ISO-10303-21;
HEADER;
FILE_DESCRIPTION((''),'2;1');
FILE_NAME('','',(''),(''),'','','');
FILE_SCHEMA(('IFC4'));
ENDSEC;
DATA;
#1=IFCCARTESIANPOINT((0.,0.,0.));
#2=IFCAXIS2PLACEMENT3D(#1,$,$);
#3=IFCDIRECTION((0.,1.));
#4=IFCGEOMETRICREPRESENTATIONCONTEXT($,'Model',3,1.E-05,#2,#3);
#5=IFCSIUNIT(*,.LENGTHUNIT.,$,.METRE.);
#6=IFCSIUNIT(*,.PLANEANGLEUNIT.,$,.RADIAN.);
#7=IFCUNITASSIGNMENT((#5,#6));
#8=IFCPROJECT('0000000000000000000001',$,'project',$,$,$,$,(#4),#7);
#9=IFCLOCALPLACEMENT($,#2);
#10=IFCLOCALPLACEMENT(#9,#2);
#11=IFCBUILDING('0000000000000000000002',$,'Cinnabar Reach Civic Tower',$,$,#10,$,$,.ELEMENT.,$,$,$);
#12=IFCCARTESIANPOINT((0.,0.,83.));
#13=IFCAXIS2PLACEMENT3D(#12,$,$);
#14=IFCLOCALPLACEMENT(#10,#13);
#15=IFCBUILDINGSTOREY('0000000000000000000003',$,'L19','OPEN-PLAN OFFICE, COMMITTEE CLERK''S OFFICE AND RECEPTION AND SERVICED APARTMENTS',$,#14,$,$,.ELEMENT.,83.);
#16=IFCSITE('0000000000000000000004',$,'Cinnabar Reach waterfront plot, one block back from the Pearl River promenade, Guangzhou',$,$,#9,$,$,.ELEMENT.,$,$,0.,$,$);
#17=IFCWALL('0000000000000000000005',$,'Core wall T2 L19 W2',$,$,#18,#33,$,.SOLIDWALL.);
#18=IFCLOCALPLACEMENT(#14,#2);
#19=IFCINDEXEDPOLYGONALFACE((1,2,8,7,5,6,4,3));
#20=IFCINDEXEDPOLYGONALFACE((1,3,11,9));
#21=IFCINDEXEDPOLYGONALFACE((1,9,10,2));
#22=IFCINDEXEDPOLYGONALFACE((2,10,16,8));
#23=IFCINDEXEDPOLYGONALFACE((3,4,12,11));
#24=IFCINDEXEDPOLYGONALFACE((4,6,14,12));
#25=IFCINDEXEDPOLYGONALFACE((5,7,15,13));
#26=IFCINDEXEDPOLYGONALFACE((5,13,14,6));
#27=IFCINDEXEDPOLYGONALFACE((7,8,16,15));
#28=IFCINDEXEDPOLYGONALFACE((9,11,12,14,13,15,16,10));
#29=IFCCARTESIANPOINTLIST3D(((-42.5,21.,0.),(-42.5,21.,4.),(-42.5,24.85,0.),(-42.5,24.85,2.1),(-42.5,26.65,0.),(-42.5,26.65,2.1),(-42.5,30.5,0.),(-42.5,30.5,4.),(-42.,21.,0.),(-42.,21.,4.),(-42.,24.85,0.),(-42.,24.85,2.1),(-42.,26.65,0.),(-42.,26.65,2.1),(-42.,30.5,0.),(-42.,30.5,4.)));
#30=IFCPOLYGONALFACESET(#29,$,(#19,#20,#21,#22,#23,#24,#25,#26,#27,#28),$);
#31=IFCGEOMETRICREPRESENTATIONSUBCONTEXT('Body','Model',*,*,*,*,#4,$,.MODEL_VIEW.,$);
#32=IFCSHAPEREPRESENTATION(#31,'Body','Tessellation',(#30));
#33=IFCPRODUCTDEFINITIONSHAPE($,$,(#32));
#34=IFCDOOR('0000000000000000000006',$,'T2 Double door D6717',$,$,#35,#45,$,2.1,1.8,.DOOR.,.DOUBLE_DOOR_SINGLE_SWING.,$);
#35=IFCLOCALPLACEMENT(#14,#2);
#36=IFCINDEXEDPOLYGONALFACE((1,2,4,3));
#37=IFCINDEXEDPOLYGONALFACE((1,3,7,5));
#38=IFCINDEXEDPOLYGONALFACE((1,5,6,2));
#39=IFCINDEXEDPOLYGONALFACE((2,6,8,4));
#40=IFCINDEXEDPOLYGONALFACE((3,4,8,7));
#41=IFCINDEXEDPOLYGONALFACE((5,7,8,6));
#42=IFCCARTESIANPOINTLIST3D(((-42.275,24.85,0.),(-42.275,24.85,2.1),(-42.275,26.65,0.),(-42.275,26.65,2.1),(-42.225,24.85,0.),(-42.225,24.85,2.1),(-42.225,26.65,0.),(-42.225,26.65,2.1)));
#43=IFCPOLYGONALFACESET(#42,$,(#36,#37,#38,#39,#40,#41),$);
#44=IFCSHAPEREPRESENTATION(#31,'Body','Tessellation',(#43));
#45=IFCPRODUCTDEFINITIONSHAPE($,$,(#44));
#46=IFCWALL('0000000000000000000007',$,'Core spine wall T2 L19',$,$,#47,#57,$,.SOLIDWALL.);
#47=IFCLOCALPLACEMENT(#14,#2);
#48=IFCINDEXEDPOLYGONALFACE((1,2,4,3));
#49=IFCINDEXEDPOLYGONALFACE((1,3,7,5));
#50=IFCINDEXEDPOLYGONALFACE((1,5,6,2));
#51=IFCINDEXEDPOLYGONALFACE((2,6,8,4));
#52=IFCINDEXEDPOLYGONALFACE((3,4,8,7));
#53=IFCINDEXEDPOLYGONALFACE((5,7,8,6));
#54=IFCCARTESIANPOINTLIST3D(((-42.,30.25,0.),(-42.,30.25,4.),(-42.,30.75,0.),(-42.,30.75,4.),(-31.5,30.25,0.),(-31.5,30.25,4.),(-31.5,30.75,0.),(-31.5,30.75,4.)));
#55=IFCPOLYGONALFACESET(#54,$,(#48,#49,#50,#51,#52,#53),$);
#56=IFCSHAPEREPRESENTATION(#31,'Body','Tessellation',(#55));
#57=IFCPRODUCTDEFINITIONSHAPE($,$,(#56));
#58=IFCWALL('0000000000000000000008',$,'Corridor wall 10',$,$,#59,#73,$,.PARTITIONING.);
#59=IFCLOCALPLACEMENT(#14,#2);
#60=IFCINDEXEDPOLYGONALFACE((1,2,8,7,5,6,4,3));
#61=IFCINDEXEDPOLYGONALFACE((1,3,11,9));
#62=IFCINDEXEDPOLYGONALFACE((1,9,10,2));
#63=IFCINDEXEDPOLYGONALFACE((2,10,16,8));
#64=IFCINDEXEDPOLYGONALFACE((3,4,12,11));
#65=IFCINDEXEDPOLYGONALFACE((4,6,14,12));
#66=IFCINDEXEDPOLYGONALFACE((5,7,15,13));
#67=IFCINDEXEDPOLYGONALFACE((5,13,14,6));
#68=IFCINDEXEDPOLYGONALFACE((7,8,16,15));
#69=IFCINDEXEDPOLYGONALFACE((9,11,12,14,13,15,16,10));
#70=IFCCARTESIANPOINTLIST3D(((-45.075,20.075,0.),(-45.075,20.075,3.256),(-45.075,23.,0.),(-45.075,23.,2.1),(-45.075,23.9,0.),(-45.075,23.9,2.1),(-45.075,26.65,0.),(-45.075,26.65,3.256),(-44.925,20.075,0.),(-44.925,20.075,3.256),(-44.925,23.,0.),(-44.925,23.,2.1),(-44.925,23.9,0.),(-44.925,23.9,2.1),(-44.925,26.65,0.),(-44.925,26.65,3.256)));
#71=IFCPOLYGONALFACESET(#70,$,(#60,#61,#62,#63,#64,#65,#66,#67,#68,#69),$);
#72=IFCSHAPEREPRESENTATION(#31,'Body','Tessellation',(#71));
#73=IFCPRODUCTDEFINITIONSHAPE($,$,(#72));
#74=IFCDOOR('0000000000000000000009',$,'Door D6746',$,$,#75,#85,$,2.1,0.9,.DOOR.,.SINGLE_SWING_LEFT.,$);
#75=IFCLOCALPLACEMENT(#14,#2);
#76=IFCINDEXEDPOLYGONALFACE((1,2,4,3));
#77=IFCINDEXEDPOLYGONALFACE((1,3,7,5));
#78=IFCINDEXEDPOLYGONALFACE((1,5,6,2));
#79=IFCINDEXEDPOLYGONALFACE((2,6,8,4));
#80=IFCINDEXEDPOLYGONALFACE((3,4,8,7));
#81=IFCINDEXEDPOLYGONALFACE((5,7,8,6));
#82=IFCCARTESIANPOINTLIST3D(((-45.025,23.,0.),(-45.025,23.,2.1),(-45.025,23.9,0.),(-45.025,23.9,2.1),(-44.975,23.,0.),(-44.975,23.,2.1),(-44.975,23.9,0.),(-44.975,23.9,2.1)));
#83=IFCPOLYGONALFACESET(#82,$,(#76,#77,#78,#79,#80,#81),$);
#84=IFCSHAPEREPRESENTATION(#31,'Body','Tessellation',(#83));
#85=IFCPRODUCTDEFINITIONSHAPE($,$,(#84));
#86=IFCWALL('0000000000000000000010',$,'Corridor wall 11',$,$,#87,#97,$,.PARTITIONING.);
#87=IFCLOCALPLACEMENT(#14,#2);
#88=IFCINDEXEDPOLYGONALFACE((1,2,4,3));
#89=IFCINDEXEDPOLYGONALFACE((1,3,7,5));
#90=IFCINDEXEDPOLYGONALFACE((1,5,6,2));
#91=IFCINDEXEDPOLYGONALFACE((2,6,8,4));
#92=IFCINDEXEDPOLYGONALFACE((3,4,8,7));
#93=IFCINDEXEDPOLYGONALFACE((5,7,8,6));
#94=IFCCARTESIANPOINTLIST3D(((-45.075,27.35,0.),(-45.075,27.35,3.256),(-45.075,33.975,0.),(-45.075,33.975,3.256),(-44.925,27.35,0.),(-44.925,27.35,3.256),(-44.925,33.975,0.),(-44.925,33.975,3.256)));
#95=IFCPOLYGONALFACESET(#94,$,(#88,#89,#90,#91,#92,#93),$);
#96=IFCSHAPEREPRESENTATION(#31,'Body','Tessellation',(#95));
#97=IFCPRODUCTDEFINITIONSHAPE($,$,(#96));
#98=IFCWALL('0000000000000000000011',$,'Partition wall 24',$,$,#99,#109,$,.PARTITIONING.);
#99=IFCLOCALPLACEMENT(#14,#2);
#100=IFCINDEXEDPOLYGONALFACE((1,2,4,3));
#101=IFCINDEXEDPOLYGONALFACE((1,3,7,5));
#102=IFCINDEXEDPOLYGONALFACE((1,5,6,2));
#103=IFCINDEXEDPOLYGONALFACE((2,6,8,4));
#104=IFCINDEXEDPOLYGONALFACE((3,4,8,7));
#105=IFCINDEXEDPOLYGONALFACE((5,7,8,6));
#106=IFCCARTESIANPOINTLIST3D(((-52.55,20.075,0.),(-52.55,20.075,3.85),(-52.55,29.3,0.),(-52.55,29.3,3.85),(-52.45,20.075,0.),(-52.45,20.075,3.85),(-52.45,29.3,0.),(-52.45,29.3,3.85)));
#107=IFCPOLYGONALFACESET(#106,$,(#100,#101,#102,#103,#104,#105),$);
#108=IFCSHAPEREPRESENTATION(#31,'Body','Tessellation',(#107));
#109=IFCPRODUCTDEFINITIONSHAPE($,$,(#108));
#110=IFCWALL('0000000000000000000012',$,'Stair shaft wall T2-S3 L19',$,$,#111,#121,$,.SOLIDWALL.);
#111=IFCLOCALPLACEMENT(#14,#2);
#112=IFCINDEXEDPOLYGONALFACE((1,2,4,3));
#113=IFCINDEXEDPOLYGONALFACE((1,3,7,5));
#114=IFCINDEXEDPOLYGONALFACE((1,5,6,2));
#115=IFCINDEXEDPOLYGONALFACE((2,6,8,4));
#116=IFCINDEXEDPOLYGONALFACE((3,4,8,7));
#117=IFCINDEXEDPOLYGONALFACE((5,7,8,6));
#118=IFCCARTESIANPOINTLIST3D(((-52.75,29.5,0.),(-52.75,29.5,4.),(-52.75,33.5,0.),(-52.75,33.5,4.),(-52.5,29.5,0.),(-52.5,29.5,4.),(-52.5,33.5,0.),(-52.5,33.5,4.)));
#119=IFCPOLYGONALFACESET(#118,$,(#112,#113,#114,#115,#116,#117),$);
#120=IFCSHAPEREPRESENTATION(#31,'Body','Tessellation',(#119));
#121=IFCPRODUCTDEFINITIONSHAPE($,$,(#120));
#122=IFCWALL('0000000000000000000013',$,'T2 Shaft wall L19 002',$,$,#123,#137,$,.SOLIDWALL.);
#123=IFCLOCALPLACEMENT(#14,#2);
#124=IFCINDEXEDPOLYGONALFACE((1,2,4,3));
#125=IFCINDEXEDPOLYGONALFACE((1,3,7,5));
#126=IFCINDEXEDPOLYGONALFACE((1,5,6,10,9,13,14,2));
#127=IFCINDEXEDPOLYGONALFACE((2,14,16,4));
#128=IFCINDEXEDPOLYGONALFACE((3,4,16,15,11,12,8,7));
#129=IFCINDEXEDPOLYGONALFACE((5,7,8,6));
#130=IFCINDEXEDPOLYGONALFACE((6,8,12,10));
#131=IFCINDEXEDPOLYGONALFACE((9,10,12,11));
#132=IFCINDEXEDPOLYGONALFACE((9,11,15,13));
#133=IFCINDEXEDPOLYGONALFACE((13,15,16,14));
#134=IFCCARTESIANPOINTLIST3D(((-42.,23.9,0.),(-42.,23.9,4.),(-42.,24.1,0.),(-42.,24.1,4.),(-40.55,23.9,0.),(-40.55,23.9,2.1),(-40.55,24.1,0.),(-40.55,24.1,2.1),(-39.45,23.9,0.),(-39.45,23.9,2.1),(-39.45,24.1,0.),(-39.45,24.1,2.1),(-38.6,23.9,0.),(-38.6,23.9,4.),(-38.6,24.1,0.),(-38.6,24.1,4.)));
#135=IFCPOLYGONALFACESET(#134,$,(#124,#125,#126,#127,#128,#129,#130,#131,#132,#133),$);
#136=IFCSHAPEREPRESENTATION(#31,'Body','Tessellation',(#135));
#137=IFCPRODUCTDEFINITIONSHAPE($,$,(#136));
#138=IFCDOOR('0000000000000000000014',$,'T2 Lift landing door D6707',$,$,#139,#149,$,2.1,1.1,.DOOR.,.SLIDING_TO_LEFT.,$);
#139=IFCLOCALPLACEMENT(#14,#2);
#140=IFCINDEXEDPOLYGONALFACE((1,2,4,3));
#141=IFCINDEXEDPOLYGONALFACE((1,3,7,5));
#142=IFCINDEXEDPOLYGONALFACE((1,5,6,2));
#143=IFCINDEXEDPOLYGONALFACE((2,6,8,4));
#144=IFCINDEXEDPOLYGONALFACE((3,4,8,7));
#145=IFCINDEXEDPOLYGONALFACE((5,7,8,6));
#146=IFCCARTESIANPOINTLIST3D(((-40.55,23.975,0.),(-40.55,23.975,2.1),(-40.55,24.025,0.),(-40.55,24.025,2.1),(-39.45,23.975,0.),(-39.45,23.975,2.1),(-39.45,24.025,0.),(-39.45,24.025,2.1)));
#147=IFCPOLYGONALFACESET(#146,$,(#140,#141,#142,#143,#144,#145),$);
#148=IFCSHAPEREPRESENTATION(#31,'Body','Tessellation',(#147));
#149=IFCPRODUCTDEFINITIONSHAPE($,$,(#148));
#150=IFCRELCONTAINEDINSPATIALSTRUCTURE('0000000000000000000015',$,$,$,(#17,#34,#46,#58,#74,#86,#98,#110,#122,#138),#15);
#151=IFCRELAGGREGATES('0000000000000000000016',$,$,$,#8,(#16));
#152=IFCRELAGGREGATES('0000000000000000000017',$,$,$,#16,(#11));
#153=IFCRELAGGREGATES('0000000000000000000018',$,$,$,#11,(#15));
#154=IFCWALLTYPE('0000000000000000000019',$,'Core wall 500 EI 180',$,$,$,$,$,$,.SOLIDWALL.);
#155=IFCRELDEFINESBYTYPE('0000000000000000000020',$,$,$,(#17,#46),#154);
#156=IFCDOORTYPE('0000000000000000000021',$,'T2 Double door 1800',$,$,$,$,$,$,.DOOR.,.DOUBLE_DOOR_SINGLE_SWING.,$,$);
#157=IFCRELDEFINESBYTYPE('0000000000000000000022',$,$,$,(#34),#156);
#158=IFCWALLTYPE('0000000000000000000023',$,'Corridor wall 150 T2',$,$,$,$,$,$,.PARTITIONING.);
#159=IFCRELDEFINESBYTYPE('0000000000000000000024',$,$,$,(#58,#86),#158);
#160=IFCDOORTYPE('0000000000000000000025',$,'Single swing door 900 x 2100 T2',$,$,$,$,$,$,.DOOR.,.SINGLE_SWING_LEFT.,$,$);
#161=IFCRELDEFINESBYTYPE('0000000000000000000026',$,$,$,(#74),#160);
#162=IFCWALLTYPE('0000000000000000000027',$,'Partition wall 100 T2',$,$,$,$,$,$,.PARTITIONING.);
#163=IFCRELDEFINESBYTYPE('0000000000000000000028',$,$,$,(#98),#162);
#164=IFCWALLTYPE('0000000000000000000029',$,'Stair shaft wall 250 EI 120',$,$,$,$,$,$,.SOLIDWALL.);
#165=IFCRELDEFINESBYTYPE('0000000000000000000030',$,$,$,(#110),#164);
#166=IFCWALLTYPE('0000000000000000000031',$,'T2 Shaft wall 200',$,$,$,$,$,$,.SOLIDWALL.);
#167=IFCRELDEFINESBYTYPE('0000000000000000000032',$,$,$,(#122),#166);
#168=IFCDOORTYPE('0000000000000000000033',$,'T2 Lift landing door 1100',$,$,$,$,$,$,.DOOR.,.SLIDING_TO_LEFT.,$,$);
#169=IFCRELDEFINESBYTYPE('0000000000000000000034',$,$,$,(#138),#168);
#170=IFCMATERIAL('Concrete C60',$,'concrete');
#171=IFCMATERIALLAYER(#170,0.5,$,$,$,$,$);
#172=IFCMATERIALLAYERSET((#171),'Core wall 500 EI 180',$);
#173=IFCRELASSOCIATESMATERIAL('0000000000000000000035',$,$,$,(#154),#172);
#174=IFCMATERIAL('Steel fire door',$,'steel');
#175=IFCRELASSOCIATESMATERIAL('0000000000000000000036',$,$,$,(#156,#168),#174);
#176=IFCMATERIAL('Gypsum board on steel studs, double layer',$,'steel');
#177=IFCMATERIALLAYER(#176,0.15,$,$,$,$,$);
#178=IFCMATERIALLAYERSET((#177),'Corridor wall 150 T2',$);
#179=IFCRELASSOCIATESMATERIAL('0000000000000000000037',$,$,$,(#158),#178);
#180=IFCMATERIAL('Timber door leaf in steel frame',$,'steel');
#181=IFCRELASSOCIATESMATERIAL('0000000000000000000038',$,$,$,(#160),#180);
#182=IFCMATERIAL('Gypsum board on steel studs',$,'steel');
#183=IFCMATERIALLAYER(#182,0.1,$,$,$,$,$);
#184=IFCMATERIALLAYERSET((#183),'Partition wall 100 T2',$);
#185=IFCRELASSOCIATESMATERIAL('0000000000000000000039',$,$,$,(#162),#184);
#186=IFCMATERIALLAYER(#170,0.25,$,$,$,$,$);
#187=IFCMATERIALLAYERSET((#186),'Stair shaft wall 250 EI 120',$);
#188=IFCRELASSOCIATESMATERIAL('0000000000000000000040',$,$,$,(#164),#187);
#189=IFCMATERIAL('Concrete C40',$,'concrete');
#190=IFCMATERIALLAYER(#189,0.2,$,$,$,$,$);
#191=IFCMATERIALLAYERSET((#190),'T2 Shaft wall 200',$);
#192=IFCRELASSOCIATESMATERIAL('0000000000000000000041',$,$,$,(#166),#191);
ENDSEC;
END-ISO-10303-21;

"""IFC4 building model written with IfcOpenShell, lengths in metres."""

from ifc_helpers import new_model, si_unit, direction, frame, frame_2d, origin, place, context, subcontext, project, spatial, rectangle, extrude, material, layer, layer_set, type_object, element, fill, save


model = new_model("IFC4")

# Units and contexts
model_context = context("Model", 3, precision=1e-05, world=origin(), true_north=direction((0.0, 1.0)))
body_context = subcontext(model_context, "Body", "Model", "MODEL_VIEW")
ifc_project = project(units=[si_unit("LENGTHUNIT", "METRE"), si_unit("PLANEANGLEUNIT", "RADIAN")], contexts=[model_context])

# Site, building, storey
site_placement = place(None, origin())
site = spatial("IfcSite", under=ifc_project, at=site_placement, Name="Cinnabar Reach waterfront plot, one block back from the Pearl River promenade, Guangzhou", CompositionType="ELEMENT", RefElevation=0.0)
building_placement = place(site_placement, origin())
building = spatial("IfcBuilding", under=site, at=building_placement, Name="Cinnabar Reach Civic Tower", CompositionType="ELEMENT")
storey_placement = place(building_placement, frame((0.0, 0.0, 83.0)))
storey = spatial("IfcBuildingStorey", under=building, at=storey_placement, Name="L19", Description="OPEN-PLAN OFFICE, COMMITTEE CLERK'S OFFICE AND RECEPTION AND SERVICED APARTMENTS", CompositionType="ELEMENT", Elevation=83.0)

# Shared definitions
ifc_material_1 = material(Name="Concrete C60", Category="concrete")

# Shared definitions
ifc_layer_1 = layer(ifc_material_1, 0.5)
ifc_layer_set_1 = layer_set([ifc_layer_1], Name="Core wall 500 EI 180")
wall_type_1 = type_object("IfcWallType", Name="Core wall 500 EI 180", PredefinedType="SOLIDWALL", material=ifc_layer_set_1)

# Wall, opening, door
wall_1_placement = place(storey_placement, frame((-42.25, 30.5, 0.0), z_axis=(0.0, 0.0, 1.0), x_axis=(0.0, -1.0, 0.0)))
wall_1 = element("IfcWall", 1, at=wall_1_placement, inside=storey, type_object=wall_type_1, Name="Core wall T2 L19 W2", PredefinedType="SOLIDWALL", context=body_context, shape_type="SweptSolid", body=[
    extrude(rectangle(XDim=9.5, YDim=0.5, at=frame_2d((4.75, 0.0))), origin(), (0.0, 0.0, 1.0), 4.0),
])
opening_1_placement = place(wall_1_placement, frame((3.85, 0.0, 0.0)))
opening_1 = element("IfcOpeningElement", 2, at=opening_1_placement, cuts=wall_1, PredefinedType="OPENING", context=body_context, shape_type="SweptSolid", body=[
    extrude(rectangle(XDim=1.8, YDim=2.1, at=frame_2d((0.9, 1.05))), frame((0.0, 0.26, 0.0), z_axis=(0.0, -1.0, 0.0), x_axis=(1.0, 0.0, 0.0)), (0.0, 0.0, 1.0), 0.52),
])
ifc_material_2 = material(Name="Steel fire door", Category="steel")
door_type_1 = type_object("IfcDoorType", Name="T2 Double door 1800", OperationType="DOUBLE_DOOR_SINGLE_SWING", PredefinedType="DOOR", material=ifc_material_2)
door_1_placement = place(opening_1_placement, origin())
door_1 = element("IfcDoor", 3, at=door_1_placement, inside=storey, type_object=door_type_1, Name="T2 Double door D6717", OperationType="DOUBLE_DOOR_SINGLE_SWING", OverallHeight=2.1, OverallWidth=1.8, PredefinedType="DOOR", context=body_context, shape_type="SweptSolid", body=[
    extrude(rectangle(XDim=1.8, YDim=2.1, at=frame_2d((0.9, 1.05))), frame((0.0, 0.025, 0.0), z_axis=(0.0, -1.0, 0.0), x_axis=(1.0, 0.0, 0.0)), (0.0, 0.0, 1.0), 0.05),
])
fill(opening_1, door_1)

# Wall
wall_2_placement = place(storey_placement, frame((-42.0, 30.5, 0.0), z_axis=(0.0, 0.0, 1.0), x_axis=(1.0, 0.0, 0.0)))
element("IfcWall", 4, at=wall_2_placement, inside=storey, type_object=wall_type_1, Name="Core spine wall T2 L19", PredefinedType="SOLIDWALL", context=body_context, shape_type="SweptSolid", body=[
    extrude(rectangle(XDim=10.5, YDim=0.5, at=frame_2d((5.25, 0.0))), origin(), (0.0, 0.0, 1.0), 4.0),
])

# Wall, opening, door
ifc_material_3 = material(Name="Gypsum board on steel studs, double layer", Category="steel")
ifc_layer_2 = layer(ifc_material_3, 0.15)
ifc_layer_set_2 = layer_set([ifc_layer_2], Name="Corridor wall 150 T2")
wall_type_2 = type_object("IfcWallType", Name="Corridor wall 150 T2", PredefinedType="PARTITIONING", material=ifc_layer_set_2)
wall_3_placement = place(storey_placement, frame((-45.0, 20.075, 0.0), z_axis=(0.0, 0.0, 1.0), x_axis=(0.0, 1.0, 0.0)))
wall_3 = element("IfcWall", 5, at=wall_3_placement, inside=storey, type_object=wall_type_2, Name="Corridor wall 10", PredefinedType="PARTITIONING", context=body_context, shape_type="SweptSolid", body=[
    extrude(rectangle(XDim=6.575, YDim=0.15, at=frame_2d((3.2875, 0.0))), origin(), (0.0, 0.0, 1.0), 3.256),
])
opening_2_placement = place(wall_3_placement, frame((2.925, 0.0, 0.0)))
opening_2 = element("IfcOpeningElement", 6, at=opening_2_placement, cuts=wall_3, PredefinedType="OPENING", context=body_context, shape_type="SweptSolid", body=[
    extrude(rectangle(XDim=0.9, YDim=2.1, at=frame_2d((0.45, 1.05))), frame((0.0, 0.085, 0.0), z_axis=(0.0, -1.0, 0.0), x_axis=(1.0, 0.0, 0.0)), (0.0, 0.0, 1.0), 0.17),
])
ifc_material_4 = material(Name="Timber door leaf in steel frame", Category="steel")
door_type_2 = type_object("IfcDoorType", Name="Single swing door 900 x 2100 T2", OperationType="SINGLE_SWING_LEFT", PredefinedType="DOOR", material=ifc_material_4)
door_2_placement = place(opening_2_placement, origin())
door_2 = element("IfcDoor", 7, at=door_2_placement, inside=storey, type_object=door_type_2, Name="Door D6746", OperationType="SINGLE_SWING_LEFT", OverallHeight=2.1, OverallWidth=0.9, PredefinedType="DOOR", context=body_context, shape_type="SweptSolid", body=[
    extrude(rectangle(XDim=0.9, YDim=2.1, at=frame_2d((0.45, 1.05))), frame((0.0, 0.025, 0.0), z_axis=(0.0, -1.0, 0.0), x_axis=(1.0, 0.0, 0.0)), (0.0, 0.0, 1.0), 0.05),
])
fill(opening_2, door_2)

# Walls
wall_4_placement = place(storey_placement, frame((-45.0, 27.35, 0.0), z_axis=(0.0, 0.0, 1.0), x_axis=(0.0, 1.0, 0.0)))
element("IfcWall", 8, at=wall_4_placement, inside=storey, type_object=wall_type_2, Name="Corridor wall 11", PredefinedType="PARTITIONING", context=body_context, shape_type="SweptSolid", body=[
    extrude(rectangle(XDim=6.625, YDim=0.15, at=frame_2d((3.3125, 0.0))), origin(), (0.0, 0.0, 1.0), 3.256),
])
ifc_material_5 = material(Name="Gypsum board on steel studs", Category="steel")
ifc_layer_3 = layer(ifc_material_5, 0.1)
ifc_layer_set_3 = layer_set([ifc_layer_3], Name="Partition wall 100 T2")
wall_type_3 = type_object("IfcWallType", Name="Partition wall 100 T2", PredefinedType="PARTITIONING", material=ifc_layer_set_3)
wall_5_placement = place(storey_placement, frame((-52.5, 20.075, 0.0), z_axis=(0.0, 0.0, 1.0), x_axis=(0.0, 1.0, 0.0)))
element("IfcWall", 9, at=wall_5_placement, inside=storey, type_object=wall_type_3, Name="Partition wall 24", PredefinedType="PARTITIONING", context=body_context, shape_type="SweptSolid", body=[
    extrude(rectangle(XDim=9.225, YDim=0.1, at=frame_2d((4.6125, 0.0))), origin(), (0.0, 0.0, 1.0), 3.85),
])
ifc_layer_4 = layer(ifc_material_1, 0.25)
ifc_layer_set_4 = layer_set([ifc_layer_4], Name="Stair shaft wall 250 EI 120")
wall_type_4 = type_object("IfcWallType", Name="Stair shaft wall 250 EI 120", PredefinedType="SOLIDWALL", material=ifc_layer_set_4)
wall_6_placement = place(storey_placement, frame((-52.625, 29.5, 0.0), z_axis=(0.0, 0.0, 1.0), x_axis=(0.0, 1.0, 0.0)))
element("IfcWall", 10, at=wall_6_placement, inside=storey, type_object=wall_type_4, Name="Stair shaft wall T2-S3 L19", PredefinedType="SOLIDWALL", context=body_context, shape_type="SweptSolid", body=[
    extrude(rectangle(XDim=4.0, YDim=0.25, at=frame_2d((2.0, 0.0))), origin(), (0.0, 0.0, 1.0), 4.0),
])

# Wall, opening, door
ifc_material_6 = material(Name="Concrete C40", Category="concrete")
ifc_layer_5 = layer(ifc_material_6, 0.2)
ifc_layer_set_5 = layer_set([ifc_layer_5], Name="T2 Shaft wall 200")
wall_type_5 = type_object("IfcWallType", Name="T2 Shaft wall 200", PredefinedType="SOLIDWALL", material=ifc_layer_set_5)
wall_7_placement = place(storey_placement, frame((-38.6, 24.0, 0.0), z_axis=(0.0, 0.0, 1.0), x_axis=(-1.0, 0.0, 0.0)))
wall_7 = element("IfcWall", 11, at=wall_7_placement, inside=storey, type_object=wall_type_5, Name="T2 Shaft wall L19 002", PredefinedType="SOLIDWALL", context=body_context, shape_type="SweptSolid", body=[
    extrude(rectangle(XDim=3.4, YDim=0.2, at=frame_2d((1.7, 0.0))), origin(), (0.0, 0.0, 1.0), 4.0),
])
opening_3_placement = place(wall_7_placement, frame((0.85, 0.0, 0.0)))
opening_3 = element("IfcOpeningElement", 12, at=opening_3_placement, cuts=wall_7, PredefinedType="OPENING", context=body_context, shape_type="SweptSolid", body=[
    extrude(rectangle(XDim=1.1, YDim=2.1, at=frame_2d((0.55, 1.05))), frame((0.0, 0.11, 0.0), z_axis=(0.0, -1.0, 0.0), x_axis=(1.0, 0.0, 0.0)), (0.0, 0.0, 1.0), 0.22),
])
door_type_3 = type_object("IfcDoorType", Name="T2 Lift landing door 1100", OperationType="SLIDING_TO_LEFT", PredefinedType="DOOR", material=ifc_material_2)
door_3_placement = place(opening_3_placement, origin())
door_3 = element("IfcDoor", 13, at=door_3_placement, inside=storey, type_object=door_type_3, Name="T2 Lift landing door D6707", OperationType="SLIDING_TO_LEFT", OverallHeight=2.1, OverallWidth=1.1, PredefinedType="DOOR", context=body_context, shape_type="SweptSolid", body=[
    extrude(rectangle(XDim=1.1, YDim=2.1, at=frame_2d((0.55, 1.05))), frame((0.0, 0.025, 0.0), z_axis=(0.0, -1.0, 0.0), x_axis=(1.0, 0.0, 0.0)), (0.0, 0.0, 1.0), 0.05),
])
fill(opening_3, door_3)

save(model, "model.ifc")
